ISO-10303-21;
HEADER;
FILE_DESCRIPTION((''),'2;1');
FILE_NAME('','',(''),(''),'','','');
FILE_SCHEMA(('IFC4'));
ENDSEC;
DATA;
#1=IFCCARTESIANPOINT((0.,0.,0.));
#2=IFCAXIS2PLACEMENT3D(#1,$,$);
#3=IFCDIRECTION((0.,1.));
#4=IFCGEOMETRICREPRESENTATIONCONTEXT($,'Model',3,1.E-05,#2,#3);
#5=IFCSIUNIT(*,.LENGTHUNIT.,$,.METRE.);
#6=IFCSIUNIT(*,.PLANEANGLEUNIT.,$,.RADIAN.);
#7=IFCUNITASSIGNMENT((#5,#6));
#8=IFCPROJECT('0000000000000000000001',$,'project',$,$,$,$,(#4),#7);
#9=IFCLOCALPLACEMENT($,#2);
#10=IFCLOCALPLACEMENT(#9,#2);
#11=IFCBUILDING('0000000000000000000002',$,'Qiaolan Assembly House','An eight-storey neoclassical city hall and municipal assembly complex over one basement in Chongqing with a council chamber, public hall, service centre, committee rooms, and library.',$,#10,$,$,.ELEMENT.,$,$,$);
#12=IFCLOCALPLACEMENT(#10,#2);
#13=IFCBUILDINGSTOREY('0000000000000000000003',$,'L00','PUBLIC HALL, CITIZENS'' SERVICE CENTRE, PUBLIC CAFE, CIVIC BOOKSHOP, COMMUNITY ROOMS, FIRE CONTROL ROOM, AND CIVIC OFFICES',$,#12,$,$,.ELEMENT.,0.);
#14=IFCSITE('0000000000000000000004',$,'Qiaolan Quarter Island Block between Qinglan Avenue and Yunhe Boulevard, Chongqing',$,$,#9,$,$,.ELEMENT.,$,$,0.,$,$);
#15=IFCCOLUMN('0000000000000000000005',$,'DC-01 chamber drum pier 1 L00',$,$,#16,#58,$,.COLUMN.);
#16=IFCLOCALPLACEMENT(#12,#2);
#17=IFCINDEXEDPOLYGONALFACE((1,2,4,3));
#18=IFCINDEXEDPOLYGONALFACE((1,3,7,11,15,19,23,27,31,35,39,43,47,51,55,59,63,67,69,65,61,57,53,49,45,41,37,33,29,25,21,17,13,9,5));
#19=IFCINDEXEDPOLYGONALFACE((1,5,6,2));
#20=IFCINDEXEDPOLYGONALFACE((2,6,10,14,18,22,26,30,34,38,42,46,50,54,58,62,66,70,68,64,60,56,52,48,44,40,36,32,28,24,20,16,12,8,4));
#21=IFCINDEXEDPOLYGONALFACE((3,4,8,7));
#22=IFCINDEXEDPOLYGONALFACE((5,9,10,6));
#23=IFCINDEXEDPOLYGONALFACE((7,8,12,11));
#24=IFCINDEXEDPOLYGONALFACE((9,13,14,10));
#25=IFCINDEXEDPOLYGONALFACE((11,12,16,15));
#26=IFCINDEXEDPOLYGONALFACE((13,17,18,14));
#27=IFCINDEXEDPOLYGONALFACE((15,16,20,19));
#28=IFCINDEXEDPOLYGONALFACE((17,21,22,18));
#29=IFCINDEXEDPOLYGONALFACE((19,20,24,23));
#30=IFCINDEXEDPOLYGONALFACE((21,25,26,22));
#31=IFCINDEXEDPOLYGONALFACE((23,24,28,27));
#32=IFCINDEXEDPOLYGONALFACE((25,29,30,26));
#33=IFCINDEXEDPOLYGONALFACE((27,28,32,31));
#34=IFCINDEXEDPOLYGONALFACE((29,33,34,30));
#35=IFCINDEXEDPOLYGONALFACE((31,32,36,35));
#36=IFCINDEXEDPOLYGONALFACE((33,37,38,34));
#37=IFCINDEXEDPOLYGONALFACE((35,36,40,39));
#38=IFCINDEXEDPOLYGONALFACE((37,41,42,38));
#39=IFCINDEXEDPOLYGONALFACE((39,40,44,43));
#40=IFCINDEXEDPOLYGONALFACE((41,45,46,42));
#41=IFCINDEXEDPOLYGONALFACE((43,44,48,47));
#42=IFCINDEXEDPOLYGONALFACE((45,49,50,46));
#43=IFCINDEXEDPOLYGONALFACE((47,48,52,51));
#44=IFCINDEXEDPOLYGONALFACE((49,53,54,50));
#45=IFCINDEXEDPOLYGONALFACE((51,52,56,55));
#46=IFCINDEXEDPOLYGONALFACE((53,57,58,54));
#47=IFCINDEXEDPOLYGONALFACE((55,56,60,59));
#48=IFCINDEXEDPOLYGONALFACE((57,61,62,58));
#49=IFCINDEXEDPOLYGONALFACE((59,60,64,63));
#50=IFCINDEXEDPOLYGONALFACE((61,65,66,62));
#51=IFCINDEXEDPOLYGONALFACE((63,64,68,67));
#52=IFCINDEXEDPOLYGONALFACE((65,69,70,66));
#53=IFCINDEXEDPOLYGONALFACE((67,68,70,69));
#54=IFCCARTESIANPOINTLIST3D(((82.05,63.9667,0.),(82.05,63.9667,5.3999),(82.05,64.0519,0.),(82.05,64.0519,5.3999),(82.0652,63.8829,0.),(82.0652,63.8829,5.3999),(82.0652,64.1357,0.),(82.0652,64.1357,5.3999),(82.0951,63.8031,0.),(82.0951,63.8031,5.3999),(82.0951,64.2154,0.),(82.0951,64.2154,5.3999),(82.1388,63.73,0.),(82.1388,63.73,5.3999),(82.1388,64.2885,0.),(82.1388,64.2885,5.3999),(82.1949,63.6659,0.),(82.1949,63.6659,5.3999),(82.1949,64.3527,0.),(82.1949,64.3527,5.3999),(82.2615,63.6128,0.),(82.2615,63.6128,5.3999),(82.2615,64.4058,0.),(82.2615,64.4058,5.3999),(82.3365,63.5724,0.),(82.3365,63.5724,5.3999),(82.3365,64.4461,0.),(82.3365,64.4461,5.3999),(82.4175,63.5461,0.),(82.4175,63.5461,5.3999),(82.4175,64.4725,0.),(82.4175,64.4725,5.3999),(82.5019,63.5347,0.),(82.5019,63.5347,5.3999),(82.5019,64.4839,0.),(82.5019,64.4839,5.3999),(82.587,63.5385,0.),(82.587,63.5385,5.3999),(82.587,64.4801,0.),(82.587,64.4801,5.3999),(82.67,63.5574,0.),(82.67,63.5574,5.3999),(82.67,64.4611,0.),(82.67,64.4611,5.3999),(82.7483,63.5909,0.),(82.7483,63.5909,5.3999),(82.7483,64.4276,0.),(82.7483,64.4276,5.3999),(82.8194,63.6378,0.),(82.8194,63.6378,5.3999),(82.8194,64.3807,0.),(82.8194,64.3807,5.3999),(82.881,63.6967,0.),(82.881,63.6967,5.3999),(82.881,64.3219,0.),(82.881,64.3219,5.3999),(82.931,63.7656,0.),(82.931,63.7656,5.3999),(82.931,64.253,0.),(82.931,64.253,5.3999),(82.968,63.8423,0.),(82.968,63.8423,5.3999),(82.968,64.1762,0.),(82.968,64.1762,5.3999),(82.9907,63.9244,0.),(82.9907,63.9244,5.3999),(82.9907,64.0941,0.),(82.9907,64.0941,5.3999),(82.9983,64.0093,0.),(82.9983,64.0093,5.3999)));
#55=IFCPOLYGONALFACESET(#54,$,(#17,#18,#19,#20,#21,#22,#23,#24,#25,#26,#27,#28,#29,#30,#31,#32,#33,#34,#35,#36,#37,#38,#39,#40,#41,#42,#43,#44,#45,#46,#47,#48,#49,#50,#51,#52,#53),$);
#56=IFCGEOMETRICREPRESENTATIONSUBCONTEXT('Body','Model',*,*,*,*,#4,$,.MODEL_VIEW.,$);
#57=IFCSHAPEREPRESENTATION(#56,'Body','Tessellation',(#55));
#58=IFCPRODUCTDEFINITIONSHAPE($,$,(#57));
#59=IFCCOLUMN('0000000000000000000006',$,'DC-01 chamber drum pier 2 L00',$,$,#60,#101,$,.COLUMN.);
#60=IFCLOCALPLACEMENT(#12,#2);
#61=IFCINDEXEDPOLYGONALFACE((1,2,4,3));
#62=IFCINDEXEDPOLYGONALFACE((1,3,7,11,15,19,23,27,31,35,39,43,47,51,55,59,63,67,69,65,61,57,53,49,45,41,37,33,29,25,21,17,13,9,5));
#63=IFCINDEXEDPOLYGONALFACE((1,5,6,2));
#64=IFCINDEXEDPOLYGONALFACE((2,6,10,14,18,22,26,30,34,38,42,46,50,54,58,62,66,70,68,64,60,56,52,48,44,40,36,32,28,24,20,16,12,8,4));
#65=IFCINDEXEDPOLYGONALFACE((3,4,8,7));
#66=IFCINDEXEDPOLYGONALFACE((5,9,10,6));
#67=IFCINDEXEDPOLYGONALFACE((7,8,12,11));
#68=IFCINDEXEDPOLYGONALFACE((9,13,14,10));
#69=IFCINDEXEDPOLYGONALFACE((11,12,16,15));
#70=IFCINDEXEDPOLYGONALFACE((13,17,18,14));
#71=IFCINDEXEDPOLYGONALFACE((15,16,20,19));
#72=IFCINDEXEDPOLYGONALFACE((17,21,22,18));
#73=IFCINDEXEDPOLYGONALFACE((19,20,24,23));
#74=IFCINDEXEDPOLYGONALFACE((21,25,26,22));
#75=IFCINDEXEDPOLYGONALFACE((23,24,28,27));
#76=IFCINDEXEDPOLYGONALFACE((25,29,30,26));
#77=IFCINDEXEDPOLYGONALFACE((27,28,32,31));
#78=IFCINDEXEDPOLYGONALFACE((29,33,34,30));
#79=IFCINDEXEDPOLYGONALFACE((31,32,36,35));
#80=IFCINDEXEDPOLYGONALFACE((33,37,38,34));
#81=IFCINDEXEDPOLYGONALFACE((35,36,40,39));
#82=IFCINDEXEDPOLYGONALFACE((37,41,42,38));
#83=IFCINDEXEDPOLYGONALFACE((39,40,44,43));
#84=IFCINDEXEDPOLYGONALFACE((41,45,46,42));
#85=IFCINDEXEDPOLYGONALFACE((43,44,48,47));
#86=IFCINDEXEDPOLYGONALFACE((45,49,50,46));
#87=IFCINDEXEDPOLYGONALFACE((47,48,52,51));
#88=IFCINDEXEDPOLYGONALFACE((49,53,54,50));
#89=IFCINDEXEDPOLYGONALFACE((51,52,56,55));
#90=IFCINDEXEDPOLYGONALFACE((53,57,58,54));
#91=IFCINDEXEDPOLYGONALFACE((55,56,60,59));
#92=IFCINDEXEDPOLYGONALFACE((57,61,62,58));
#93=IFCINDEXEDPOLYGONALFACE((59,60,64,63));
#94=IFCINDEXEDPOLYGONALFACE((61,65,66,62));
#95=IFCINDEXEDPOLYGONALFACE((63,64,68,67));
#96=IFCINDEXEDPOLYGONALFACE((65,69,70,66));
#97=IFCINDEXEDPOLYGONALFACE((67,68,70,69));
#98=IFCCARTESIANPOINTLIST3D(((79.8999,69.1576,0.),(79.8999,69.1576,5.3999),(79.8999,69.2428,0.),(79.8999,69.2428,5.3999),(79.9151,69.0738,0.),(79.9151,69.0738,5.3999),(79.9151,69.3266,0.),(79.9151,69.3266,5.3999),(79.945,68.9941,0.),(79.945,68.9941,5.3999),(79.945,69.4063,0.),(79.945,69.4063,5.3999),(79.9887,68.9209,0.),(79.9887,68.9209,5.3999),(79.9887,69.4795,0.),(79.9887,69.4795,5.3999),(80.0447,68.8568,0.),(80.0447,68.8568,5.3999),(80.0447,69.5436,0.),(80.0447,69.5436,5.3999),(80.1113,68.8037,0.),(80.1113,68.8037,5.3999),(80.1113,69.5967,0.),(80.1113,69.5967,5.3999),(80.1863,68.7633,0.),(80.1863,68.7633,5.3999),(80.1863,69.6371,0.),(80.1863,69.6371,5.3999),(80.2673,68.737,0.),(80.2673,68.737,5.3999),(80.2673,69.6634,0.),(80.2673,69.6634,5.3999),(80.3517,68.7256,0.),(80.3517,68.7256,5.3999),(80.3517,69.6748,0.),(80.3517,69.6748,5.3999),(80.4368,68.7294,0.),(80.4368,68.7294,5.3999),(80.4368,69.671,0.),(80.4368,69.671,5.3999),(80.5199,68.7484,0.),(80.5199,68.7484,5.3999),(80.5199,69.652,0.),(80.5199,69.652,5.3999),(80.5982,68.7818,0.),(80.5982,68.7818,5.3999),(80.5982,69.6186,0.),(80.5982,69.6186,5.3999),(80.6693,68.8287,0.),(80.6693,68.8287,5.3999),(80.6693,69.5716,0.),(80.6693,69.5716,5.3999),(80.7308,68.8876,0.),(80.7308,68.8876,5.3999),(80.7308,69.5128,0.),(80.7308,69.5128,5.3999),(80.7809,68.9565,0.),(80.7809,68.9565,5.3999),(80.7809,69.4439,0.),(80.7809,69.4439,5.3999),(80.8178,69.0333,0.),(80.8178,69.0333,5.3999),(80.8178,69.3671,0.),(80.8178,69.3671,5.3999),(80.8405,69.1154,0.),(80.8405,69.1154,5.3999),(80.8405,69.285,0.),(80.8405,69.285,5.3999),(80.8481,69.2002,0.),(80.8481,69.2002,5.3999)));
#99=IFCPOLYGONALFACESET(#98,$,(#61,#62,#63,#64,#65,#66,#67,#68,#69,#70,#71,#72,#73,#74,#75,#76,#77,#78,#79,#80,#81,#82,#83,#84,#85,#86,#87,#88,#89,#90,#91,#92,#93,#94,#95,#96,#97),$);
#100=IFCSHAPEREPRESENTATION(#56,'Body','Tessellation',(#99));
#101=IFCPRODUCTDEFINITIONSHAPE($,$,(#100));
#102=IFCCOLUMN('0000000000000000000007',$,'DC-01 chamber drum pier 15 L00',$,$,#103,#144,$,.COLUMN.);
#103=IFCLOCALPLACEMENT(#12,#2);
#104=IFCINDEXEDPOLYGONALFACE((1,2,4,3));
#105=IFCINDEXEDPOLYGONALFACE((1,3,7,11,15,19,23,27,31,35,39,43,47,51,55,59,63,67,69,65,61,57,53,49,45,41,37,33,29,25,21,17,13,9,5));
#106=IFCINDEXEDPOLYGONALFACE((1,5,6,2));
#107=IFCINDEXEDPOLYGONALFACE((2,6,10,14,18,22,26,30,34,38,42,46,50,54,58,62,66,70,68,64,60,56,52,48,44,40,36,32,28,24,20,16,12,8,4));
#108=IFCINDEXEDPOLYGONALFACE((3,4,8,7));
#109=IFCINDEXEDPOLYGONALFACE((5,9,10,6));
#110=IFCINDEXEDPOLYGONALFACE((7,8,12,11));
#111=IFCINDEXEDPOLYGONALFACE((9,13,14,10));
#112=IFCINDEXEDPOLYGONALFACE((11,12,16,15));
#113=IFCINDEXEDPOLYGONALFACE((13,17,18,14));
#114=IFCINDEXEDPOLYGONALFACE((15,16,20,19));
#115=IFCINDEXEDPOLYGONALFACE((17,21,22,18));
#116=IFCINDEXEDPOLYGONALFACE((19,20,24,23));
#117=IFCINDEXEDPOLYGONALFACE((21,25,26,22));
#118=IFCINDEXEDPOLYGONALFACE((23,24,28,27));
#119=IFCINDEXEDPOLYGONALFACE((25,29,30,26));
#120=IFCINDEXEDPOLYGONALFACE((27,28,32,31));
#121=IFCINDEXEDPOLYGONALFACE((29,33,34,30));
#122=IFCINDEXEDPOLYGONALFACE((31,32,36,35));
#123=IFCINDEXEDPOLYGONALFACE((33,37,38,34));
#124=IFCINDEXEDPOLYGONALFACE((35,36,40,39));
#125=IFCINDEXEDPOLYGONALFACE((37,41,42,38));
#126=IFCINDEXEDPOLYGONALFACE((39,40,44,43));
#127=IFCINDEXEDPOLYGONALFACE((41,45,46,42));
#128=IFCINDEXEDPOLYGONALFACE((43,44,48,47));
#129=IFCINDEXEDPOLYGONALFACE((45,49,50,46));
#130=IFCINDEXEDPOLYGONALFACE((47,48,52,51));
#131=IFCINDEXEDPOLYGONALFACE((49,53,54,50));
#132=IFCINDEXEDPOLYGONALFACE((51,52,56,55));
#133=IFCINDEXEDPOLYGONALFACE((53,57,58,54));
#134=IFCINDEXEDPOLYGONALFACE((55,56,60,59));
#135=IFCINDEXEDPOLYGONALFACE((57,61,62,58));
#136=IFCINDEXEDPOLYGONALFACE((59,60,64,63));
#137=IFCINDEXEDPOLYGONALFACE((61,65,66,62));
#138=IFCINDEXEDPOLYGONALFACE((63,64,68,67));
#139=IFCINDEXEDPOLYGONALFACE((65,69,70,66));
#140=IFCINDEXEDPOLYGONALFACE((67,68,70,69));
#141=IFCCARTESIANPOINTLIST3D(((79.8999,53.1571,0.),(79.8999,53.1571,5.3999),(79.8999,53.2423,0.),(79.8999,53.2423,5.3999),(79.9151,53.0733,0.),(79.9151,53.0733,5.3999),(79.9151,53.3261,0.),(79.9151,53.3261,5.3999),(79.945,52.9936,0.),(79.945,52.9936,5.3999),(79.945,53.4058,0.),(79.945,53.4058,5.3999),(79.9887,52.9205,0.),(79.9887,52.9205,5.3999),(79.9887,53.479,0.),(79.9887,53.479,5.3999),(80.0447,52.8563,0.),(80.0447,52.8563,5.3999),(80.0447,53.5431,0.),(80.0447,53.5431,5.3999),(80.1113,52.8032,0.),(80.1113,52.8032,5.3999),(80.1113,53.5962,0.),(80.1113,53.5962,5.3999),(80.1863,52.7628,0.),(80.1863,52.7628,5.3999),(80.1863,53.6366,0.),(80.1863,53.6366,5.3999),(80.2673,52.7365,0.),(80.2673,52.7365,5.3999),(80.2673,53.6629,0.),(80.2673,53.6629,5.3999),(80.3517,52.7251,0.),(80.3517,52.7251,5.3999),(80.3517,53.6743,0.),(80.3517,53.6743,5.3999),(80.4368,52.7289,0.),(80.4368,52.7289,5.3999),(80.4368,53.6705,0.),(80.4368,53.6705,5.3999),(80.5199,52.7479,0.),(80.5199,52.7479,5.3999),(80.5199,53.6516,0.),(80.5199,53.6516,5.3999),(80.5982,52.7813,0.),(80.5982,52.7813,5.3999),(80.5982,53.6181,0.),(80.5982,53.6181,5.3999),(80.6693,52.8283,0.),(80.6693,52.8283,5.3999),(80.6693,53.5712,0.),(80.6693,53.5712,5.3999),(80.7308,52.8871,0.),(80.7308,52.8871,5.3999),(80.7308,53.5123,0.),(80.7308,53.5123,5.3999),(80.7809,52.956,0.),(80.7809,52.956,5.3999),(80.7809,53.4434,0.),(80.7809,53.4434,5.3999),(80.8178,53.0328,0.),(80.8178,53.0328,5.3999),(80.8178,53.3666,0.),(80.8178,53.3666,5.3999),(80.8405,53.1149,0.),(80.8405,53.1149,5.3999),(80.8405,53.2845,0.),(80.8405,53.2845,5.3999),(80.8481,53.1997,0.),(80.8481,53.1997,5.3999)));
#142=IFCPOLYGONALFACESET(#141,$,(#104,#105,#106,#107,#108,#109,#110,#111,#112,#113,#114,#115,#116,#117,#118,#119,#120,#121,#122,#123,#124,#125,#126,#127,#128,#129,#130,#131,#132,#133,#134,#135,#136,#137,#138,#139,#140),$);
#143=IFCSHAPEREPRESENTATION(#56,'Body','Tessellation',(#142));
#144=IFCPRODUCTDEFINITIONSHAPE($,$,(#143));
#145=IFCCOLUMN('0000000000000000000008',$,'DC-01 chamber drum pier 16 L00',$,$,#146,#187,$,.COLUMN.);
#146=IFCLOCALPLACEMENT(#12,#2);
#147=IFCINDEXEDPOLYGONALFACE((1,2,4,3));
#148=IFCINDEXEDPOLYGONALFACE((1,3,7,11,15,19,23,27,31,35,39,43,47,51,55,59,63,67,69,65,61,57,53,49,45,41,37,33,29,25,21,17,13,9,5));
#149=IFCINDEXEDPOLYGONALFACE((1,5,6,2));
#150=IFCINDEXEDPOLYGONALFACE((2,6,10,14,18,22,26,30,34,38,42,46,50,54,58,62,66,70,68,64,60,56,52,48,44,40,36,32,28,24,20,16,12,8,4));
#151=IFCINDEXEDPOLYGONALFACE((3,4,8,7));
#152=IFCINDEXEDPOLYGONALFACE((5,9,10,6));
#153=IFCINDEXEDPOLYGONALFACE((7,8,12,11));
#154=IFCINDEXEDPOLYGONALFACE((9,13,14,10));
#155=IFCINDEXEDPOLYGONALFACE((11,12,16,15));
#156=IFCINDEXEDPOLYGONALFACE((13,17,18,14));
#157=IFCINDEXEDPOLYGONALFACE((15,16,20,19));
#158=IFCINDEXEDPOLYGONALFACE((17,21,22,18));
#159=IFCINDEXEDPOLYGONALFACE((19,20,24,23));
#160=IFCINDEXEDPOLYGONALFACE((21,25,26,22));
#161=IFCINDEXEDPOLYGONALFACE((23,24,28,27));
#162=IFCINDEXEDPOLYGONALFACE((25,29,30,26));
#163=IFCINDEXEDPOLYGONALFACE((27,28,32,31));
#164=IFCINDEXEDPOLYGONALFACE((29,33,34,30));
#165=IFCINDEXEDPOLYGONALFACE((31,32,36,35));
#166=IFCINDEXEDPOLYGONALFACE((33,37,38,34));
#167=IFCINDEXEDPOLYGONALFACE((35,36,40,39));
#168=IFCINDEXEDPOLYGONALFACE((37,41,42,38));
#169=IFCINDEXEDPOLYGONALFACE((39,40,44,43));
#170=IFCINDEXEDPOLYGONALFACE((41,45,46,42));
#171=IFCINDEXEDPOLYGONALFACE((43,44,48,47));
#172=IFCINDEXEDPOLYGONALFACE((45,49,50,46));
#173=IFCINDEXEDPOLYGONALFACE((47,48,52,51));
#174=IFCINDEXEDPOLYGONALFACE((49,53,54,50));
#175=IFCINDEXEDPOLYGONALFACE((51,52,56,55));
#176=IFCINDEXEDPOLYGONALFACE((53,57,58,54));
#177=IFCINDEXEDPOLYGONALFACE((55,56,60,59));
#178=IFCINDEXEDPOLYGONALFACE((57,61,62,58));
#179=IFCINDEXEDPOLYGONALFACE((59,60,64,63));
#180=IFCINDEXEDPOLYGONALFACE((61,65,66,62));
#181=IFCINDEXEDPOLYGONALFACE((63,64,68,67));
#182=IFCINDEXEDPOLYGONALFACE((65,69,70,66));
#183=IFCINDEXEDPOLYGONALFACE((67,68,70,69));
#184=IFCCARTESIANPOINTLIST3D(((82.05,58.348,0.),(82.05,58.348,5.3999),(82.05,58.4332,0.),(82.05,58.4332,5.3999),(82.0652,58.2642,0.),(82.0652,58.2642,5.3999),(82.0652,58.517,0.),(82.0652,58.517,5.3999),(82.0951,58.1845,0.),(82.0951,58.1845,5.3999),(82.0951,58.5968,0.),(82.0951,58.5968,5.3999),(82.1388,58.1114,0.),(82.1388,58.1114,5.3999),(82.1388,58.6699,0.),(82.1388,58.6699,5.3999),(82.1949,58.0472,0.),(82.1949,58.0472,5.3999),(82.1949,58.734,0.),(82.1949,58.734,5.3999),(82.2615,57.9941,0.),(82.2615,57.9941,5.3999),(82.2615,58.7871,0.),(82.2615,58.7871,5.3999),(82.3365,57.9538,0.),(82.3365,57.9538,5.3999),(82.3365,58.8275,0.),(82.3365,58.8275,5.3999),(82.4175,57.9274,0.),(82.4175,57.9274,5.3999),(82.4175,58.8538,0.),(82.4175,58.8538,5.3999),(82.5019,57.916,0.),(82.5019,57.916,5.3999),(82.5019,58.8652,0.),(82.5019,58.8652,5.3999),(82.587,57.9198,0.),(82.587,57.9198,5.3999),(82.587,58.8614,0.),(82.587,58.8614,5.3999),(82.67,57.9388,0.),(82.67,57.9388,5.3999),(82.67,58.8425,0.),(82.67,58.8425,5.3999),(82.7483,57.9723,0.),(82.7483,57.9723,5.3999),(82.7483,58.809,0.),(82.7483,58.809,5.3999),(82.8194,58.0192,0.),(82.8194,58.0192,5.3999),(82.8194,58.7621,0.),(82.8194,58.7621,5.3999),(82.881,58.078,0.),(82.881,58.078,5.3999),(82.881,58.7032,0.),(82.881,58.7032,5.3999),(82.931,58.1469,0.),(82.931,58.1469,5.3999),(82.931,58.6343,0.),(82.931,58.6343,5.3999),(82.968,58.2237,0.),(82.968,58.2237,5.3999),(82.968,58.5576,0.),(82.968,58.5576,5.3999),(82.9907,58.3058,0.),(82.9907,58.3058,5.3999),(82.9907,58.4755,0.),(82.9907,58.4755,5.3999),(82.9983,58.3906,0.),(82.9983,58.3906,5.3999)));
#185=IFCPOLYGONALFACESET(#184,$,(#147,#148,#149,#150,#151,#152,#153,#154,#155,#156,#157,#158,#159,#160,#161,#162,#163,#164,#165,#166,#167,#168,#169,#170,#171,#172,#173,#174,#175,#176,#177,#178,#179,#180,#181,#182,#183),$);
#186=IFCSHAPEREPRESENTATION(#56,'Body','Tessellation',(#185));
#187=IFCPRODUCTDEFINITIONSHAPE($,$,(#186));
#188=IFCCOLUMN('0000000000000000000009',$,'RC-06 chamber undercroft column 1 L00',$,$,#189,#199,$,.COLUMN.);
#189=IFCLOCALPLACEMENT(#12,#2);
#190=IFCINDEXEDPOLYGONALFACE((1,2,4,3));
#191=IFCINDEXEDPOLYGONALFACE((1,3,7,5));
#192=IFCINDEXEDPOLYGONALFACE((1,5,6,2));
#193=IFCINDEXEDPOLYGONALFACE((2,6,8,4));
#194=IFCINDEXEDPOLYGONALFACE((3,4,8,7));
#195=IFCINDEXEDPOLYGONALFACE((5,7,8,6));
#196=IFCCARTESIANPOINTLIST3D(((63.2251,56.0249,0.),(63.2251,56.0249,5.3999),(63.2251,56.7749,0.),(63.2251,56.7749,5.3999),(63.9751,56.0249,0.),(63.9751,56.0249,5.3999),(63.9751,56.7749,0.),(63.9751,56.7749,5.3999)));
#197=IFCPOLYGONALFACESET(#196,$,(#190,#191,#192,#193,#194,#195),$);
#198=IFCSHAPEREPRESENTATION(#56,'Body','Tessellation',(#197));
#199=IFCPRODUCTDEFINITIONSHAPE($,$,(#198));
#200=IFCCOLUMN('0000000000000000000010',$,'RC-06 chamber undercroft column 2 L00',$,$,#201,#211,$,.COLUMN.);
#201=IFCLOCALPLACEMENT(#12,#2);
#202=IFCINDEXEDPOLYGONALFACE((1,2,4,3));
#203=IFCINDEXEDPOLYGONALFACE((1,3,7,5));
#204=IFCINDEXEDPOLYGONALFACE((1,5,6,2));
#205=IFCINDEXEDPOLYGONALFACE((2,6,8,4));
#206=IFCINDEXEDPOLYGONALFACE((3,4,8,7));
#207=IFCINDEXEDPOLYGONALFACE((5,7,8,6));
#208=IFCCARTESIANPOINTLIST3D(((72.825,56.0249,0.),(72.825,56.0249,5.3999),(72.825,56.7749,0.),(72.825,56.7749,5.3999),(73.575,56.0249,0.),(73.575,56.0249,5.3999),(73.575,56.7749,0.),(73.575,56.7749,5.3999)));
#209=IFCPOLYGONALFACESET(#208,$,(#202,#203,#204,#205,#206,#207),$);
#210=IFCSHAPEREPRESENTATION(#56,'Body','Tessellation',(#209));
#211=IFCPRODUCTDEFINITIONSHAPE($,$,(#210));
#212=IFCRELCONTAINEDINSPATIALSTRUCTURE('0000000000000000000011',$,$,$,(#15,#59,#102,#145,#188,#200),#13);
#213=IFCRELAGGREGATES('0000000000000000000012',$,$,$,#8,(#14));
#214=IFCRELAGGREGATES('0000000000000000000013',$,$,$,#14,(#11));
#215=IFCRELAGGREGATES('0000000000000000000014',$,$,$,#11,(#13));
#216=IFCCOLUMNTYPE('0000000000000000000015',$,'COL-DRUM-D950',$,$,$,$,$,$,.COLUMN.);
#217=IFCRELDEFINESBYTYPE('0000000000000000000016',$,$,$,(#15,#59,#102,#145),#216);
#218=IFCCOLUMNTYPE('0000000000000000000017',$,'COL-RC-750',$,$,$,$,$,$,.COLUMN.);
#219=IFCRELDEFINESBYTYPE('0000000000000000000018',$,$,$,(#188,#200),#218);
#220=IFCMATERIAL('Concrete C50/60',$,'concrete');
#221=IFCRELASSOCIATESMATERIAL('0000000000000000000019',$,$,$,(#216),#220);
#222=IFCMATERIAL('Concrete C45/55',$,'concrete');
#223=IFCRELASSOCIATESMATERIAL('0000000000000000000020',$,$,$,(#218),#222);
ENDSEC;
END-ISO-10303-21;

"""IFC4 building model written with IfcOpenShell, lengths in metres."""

from ifc_helpers import new_model, si_unit, direction, frame, origin, origin_2d, place, context, subcontext, project, spatial, rectangle, circle, extrude, material, material_profile, profile_set, type_object, element, save


model = new_model("IFC4")

# Units and contexts
model_context = context("Model", 3, precision=1e-05, world=origin(), true_north=direction((0.0, 1.0)))
body_context = subcontext(model_context, "Body", "Model", "MODEL_VIEW")
ifc_project = project(units=[si_unit("LENGTHUNIT", "METRE"), si_unit("PLANEANGLEUNIT", "RADIAN")], contexts=[model_context])

# Site, building, storey
site_placement = place(None, origin())
site = spatial("IfcSite", under=ifc_project, at=site_placement, Name="Qiaolan Quarter Island Block between Qinglan Avenue and Yunhe Boulevard, Chongqing", CompositionType="ELEMENT", RefElevation=0.0)
building_placement = place(site_placement, origin())
building = spatial("IfcBuilding", under=site, at=building_placement, Name="Qiaolan Assembly House", Description="An eight-storey neoclassical city hall and municipal assembly complex over one basement in Chongqing with a council chamber, public hall, service centre, committee rooms, and library.", CompositionType="ELEMENT")
storey_placement = place(building_placement, origin())
storey = spatial("IfcBuildingStorey", under=building, at=storey_placement, Name="L00", Description="PUBLIC HALL, CITIZENS' SERVICE CENTRE, PUBLIC CAFE, CIVIC BOOKSHOP, COMMUNITY ROOMS, FIRE CONTROL ROOM, AND CIVIC OFFICES", CompositionType="ELEMENT", Elevation=0.0)

# Columns
ifc_material_1 = material(Name="Concrete C50/60", Category="concrete")
ifc_material_profile_1 = material_profile(ifc_material_1, circle(Radius=0.4751, at=origin_2d()), Name="CIRC D950")
ifc_profile_set_1 = profile_set([ifc_material_profile_1], Name="Concrete C50/60")
column_type_1 = type_object("IfcColumnType", Name="COL-DRUM-D950", PredefinedType="COLUMN", material=ifc_profile_set_1)
for number, where, z_axis, x_axis, name in (
    (1, (82.5232, 64.0093, 0.0), (0.0, 0.0, 1.0), (1.0, 0.0, 0.0), "DC-01 chamber drum pier 1 L00"),
    (2, (80.373, 69.2002, 0.0), (0.0, 0.0, 1.0), (1.0, 0.0, 0.0), "DC-01 chamber drum pier 2 L00"),
    (3, (80.373, 53.1997, 0.0), (0.0, 0.0, 1.0), (1.0, 0.0, 0.0), "DC-01 chamber drum pier 15 L00"),
    (4, (82.5232, 58.3906, 0.0), (0.0, 0.0, 1.0), (1.0, 0.0, 0.0), "DC-01 chamber drum pier 16 L00"),
):
    element("IfcColumn", number, at=place(storey_placement, frame(where, z_axis=z_axis, x_axis=x_axis)), inside=storey, type_object=column_type_1, Name=name, PredefinedType="COLUMN", context=body_context, shape_type="SweptSolid", body=[
        extrude(circle(Radius=0.4751, at=origin_2d()), origin(), (0.0, 0.0, 1.0), 5.3999),
    ])
ifc_material_2 = material(Name="Concrete C45/55", Category="concrete")
ifc_material_profile_2 = material_profile(ifc_material_2, rectangle(XDim=0.75, YDim=0.75, at=origin_2d()), Name="RC 750x750")
ifc_profile_set_2 = profile_set([ifc_material_profile_2], Name="Concrete C45/55")
column_type_2 = type_object("IfcColumnType", Name="COL-RC-750", PredefinedType="COLUMN", material=ifc_profile_set_2)
for number, where, z_axis, x_axis, name in (
    (5, (63.6001, 56.3999, 0.0), (0.0, 0.0, 1.0), (1.0, 0.0, 0.0), "RC-06 chamber undercroft column 1 L00"),
    (6, (73.2, 56.3999, 0.0), (0.0, 0.0, 1.0), (1.0, 0.0, 0.0), "RC-06 chamber undercroft column 2 L00"),
):
    element("IfcColumn", number, at=place(storey_placement, frame(where, z_axis=z_axis, x_axis=x_axis)), inside=storey, type_object=column_type_2, Name=name, PredefinedType="COLUMN", context=body_context, shape_type="SweptSolid", body=[
        extrude(rectangle(XDim=0.75, YDim=0.75, at=origin_2d()), origin(), (0.0, 0.0, 1.0), 5.3999),
    ])

save(model, "model.ifc")
